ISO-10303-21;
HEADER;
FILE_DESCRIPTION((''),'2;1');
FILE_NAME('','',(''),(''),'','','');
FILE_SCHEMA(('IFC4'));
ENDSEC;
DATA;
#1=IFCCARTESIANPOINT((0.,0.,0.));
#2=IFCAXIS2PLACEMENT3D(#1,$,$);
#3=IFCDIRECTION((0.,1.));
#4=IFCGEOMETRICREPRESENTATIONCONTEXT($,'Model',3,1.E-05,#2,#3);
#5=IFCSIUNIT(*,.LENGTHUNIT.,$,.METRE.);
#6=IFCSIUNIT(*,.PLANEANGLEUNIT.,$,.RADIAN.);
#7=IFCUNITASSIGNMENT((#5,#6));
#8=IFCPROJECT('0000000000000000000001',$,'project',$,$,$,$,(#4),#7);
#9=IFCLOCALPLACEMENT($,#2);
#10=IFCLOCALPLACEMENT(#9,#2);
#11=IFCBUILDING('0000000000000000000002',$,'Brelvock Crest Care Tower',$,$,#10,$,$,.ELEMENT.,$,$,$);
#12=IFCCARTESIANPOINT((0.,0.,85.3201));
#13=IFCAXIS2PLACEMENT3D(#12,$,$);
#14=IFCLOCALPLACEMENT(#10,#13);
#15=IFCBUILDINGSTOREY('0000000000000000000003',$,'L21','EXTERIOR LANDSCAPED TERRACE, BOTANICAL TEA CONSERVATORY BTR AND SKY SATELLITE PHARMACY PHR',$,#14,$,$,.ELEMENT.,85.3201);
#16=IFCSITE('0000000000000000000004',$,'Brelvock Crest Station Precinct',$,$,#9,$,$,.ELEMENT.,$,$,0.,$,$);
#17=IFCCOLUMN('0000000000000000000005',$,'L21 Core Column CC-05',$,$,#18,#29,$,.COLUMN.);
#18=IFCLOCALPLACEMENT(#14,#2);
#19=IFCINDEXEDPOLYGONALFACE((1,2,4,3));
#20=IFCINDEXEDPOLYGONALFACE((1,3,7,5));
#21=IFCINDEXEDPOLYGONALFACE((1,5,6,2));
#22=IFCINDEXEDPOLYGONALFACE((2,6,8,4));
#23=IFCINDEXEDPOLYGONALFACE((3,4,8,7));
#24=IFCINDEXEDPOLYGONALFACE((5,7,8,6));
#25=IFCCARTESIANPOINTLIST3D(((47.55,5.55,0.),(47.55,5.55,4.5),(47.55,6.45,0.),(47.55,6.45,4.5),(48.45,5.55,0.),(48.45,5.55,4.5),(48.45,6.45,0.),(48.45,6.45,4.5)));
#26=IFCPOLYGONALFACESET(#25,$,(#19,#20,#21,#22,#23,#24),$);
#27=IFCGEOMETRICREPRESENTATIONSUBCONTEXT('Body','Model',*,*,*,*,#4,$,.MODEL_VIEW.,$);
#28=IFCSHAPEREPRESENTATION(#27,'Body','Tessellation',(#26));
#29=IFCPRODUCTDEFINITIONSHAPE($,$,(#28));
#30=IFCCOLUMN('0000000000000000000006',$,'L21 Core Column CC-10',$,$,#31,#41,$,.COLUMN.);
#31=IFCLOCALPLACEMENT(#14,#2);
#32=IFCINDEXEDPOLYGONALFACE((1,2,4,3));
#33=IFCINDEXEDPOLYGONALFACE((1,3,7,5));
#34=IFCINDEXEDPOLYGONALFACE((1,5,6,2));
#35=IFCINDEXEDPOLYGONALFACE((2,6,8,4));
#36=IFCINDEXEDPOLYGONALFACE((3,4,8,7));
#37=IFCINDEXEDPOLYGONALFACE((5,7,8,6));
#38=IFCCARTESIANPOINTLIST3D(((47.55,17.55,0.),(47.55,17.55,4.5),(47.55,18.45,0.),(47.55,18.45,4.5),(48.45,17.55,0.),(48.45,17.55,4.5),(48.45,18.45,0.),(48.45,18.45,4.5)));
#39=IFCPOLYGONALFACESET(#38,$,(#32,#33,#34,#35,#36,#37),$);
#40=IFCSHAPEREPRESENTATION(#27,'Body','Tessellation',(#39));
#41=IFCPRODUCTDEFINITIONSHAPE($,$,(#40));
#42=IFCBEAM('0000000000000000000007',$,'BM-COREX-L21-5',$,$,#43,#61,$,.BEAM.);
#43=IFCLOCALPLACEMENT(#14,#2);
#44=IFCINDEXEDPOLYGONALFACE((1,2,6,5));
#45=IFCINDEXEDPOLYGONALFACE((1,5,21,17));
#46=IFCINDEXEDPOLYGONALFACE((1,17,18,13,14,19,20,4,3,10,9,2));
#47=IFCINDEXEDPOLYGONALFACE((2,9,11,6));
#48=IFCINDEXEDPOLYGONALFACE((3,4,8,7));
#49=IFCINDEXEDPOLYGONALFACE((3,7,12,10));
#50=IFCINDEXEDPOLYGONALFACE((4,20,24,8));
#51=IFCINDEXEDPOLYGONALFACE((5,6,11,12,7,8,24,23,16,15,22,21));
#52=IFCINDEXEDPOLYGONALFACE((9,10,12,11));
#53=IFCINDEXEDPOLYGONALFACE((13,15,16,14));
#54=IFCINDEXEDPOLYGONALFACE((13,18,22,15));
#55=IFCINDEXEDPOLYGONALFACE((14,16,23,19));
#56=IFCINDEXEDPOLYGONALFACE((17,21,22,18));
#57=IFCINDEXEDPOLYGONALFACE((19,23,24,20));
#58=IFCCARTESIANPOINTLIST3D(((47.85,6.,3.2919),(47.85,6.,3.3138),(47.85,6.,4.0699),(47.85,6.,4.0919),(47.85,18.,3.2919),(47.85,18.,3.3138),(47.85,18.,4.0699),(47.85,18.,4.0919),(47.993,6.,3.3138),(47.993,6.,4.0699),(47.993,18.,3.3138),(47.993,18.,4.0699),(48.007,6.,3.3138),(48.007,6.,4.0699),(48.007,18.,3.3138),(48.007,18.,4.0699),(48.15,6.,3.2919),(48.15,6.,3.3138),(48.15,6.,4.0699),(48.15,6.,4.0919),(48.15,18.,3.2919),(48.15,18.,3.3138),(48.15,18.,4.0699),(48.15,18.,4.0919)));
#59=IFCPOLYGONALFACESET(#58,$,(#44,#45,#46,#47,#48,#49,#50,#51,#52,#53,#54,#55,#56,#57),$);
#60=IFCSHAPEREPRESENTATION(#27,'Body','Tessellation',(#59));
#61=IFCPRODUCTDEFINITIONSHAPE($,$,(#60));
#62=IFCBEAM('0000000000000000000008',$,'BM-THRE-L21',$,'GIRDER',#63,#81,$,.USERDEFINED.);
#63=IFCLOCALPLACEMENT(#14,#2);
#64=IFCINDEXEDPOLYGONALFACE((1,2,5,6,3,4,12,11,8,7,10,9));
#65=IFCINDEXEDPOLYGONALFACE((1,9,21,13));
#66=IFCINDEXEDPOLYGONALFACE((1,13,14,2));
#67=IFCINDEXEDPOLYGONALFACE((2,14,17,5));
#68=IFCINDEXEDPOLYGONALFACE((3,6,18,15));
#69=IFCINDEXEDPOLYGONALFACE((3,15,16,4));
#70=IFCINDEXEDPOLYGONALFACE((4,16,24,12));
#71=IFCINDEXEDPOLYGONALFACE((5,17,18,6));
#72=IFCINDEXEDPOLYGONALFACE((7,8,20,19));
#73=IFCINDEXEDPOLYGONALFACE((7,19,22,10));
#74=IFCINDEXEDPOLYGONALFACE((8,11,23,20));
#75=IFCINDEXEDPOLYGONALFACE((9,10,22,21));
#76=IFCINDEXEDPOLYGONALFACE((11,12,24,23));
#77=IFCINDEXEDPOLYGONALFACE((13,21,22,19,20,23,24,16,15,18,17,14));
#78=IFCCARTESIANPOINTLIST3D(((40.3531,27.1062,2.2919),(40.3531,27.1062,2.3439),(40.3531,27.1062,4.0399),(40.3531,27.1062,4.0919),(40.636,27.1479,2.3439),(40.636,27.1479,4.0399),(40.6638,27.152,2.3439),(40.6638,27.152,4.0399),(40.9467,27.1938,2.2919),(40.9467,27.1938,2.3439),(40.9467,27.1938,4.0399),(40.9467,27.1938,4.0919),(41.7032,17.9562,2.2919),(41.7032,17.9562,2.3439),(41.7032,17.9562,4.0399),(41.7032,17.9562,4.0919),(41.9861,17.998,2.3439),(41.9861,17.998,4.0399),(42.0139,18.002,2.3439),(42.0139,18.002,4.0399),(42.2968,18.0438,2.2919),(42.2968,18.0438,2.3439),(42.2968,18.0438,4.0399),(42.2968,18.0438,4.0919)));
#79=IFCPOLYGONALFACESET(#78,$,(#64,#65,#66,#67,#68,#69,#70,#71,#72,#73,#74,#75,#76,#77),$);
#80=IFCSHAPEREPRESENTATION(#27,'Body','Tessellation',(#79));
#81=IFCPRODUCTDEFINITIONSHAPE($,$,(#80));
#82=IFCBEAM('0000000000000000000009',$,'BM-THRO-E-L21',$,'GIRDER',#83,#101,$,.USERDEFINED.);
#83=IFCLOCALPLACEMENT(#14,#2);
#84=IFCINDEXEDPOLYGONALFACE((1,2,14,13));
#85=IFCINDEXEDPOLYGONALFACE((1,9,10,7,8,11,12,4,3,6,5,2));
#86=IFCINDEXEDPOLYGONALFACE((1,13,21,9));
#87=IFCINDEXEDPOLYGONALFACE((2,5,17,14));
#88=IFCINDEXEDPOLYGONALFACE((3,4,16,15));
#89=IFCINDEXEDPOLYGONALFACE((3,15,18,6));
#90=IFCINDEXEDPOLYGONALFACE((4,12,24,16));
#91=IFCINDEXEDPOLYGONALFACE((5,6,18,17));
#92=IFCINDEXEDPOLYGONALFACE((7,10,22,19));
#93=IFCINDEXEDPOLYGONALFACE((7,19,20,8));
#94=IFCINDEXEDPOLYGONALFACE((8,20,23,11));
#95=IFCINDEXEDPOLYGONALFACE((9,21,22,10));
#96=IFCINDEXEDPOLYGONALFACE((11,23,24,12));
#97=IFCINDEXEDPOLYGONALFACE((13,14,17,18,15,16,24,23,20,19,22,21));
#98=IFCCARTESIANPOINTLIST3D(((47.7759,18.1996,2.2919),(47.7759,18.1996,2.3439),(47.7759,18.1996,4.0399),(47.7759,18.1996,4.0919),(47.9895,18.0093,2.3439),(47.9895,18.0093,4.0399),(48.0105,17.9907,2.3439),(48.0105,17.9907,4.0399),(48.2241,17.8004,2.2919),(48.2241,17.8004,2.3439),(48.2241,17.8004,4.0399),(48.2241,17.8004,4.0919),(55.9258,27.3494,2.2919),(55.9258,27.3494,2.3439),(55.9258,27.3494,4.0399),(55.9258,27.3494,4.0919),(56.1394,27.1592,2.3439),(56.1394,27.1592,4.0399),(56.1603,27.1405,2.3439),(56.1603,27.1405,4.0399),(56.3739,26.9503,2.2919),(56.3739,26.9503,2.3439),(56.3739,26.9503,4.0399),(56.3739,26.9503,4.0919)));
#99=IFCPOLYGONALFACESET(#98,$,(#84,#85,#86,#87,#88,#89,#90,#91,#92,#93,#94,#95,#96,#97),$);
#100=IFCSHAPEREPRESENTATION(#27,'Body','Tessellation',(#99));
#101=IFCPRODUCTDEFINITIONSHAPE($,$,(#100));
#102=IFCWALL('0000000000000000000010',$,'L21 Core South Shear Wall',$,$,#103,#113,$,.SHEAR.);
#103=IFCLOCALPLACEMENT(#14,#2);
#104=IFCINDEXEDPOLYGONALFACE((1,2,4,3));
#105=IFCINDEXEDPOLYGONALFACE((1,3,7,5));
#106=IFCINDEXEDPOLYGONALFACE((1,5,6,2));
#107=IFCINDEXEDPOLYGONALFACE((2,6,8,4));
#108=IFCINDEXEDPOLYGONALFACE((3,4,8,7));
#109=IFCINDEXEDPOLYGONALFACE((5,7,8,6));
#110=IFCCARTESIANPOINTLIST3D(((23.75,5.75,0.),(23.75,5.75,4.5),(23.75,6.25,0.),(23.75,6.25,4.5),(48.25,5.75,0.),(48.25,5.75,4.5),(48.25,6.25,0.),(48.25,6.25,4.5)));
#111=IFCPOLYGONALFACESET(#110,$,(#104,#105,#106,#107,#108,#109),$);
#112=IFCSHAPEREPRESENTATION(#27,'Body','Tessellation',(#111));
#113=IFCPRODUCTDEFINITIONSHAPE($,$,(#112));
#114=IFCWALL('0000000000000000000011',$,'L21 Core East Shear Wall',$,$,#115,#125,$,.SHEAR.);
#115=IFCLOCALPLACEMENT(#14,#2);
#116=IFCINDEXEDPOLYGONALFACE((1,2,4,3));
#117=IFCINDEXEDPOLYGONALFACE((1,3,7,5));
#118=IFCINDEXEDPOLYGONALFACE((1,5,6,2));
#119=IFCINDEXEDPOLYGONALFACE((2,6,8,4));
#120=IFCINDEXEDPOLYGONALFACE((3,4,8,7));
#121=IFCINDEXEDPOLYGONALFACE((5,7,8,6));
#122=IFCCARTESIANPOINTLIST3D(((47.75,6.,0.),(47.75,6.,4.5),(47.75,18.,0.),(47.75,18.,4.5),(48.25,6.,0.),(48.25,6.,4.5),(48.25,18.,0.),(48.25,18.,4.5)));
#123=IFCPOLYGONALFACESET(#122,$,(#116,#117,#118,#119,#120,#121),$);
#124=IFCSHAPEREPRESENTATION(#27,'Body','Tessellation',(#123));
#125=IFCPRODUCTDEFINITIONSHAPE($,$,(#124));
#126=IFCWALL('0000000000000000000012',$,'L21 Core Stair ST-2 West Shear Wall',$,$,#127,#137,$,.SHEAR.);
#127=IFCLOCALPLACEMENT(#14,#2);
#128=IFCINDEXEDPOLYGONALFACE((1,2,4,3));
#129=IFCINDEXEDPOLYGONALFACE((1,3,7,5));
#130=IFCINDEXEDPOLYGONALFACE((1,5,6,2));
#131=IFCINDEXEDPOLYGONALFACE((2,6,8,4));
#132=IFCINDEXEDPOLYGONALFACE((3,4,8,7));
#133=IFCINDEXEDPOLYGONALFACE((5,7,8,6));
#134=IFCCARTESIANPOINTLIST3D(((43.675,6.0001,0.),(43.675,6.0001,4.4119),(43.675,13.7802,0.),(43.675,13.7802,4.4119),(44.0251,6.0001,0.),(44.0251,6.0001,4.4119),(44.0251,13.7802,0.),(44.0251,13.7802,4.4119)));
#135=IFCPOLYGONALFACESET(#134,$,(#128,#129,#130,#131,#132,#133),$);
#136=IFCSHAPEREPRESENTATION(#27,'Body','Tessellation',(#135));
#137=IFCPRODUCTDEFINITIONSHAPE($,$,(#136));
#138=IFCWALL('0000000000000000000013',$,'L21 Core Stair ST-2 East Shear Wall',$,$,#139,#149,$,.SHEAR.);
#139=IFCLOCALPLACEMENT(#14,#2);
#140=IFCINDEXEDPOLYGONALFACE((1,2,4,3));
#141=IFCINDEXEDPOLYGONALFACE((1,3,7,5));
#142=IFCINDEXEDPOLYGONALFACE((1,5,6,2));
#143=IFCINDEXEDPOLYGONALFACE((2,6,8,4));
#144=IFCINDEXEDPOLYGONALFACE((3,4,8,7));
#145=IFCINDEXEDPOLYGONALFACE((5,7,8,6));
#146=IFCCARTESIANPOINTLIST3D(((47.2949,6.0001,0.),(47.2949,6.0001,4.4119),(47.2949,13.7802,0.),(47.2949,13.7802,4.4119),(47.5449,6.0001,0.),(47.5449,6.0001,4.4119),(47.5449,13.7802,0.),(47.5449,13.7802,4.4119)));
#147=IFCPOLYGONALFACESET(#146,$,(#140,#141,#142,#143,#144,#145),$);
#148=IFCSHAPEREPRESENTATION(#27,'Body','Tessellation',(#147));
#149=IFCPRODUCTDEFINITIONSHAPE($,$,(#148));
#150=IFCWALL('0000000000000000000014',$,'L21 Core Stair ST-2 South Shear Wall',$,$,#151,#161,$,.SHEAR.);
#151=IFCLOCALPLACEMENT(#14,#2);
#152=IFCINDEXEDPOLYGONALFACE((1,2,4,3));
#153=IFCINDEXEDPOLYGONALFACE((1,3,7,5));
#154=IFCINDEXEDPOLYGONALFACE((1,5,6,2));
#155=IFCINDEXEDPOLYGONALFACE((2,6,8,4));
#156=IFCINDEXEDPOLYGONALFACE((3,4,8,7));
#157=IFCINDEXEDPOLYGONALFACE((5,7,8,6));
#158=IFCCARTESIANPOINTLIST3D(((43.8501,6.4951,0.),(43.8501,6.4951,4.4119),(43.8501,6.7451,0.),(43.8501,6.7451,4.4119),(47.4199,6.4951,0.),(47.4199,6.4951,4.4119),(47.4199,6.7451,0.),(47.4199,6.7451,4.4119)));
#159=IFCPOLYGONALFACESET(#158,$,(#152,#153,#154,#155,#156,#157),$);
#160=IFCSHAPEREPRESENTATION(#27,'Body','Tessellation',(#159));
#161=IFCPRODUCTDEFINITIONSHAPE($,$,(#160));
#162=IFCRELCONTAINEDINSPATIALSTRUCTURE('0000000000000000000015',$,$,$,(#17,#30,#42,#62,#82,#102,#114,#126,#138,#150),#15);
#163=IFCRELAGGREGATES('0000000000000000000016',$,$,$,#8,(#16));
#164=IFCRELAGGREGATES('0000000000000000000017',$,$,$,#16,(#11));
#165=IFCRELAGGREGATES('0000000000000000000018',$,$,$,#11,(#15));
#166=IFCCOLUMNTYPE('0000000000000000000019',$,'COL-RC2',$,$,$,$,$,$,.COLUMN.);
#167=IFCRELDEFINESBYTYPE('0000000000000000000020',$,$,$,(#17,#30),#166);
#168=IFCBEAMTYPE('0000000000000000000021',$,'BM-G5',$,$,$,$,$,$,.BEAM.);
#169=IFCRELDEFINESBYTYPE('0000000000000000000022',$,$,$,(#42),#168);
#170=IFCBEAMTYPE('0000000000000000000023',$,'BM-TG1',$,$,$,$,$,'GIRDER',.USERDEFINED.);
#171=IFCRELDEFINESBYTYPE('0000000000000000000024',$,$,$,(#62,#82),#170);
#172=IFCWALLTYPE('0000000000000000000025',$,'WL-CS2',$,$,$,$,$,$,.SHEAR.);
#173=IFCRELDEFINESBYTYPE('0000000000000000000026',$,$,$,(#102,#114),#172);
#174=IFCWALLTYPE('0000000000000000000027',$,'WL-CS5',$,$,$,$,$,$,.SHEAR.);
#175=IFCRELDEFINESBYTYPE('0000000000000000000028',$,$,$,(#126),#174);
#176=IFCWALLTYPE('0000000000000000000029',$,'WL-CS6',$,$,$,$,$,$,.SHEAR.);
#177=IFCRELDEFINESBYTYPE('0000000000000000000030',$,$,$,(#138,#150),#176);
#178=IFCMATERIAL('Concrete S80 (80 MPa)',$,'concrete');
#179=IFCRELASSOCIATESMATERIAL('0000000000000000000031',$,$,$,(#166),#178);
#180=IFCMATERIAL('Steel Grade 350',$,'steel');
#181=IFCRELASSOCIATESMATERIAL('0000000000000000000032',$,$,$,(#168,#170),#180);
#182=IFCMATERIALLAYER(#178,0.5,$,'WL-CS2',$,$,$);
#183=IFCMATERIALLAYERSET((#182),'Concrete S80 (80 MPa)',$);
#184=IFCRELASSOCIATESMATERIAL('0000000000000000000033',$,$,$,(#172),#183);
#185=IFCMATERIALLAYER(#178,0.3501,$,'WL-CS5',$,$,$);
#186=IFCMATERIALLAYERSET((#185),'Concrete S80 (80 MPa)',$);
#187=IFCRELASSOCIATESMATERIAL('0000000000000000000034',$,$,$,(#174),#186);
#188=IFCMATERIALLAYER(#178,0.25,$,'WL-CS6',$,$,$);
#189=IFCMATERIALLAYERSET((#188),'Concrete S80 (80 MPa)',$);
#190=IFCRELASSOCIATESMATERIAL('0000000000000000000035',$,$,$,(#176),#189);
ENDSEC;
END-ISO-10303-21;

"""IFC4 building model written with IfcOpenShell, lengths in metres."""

from ifc_helpers import new_model, si_unit, direction, frame, frame_2d, origin, origin_2d, place, context, subcontext, project, spatial, rectangle, i_section, extrude, source, transform, mapped, material, layer, layer_set, material_profile, profile_set, type_object, element, save


model = new_model("IFC4")

# Units and contexts
model_context = context("Model", 3, precision=1e-05, world=origin(), true_north=direction((0.0, 1.0)))
body_context = subcontext(model_context, "Body", "Model", "MODEL_VIEW")
ifc_project = project(units=[si_unit("LENGTHUNIT", "METRE"), si_unit("PLANEANGLEUNIT", "RADIAN")], contexts=[model_context])

# Site, building, storey
site_placement = place(None, origin())
site = spatial("IfcSite", under=ifc_project, at=site_placement, Name="Brelvock Crest Station Precinct", CompositionType="ELEMENT", RefElevation=0.0)
building_placement = place(site_placement, origin())
building = spatial("IfcBuilding", under=site, at=building_placement, Name="Brelvock Crest Care Tower", CompositionType="ELEMENT")
storey_placement = place(building_placement, frame((0.0, 0.0, 85.3201)))
storey = spatial("IfcBuildingStorey", under=building, at=storey_placement, Name="L21", Description="EXTERIOR LANDSCAPED TERRACE, BOTANICAL TEA CONSERVATORY BTR AND SKY SATELLITE PHARMACY PHR", CompositionType="ELEMENT", Elevation=85.3201)

# Columns
ifc_material_1 = material(Name="Concrete S80 (80 MPa)", Category="concrete")
ifc_material_profile_1 = material_profile(ifc_material_1, rectangle(XDim=0.8999, YDim=0.8999, at=origin_2d()), Name="RC900x900")
ifc_profile_set_1 = profile_set([ifc_material_profile_1], Name="Concrete S80 (80 MPa)")
column_type = type_object("IfcColumnType", Name="COL-RC2", PredefinedType="COLUMN", material=ifc_profile_set_1)
shared_shape_1 = source(origin(), body_context, "Body", "SweptSolid", [
    extrude(rectangle(XDim=0.8999, YDim=0.8999, at=origin_2d()), origin(), (0.0, 0.0, 1.0), 4.5),
])
for number, where, z_axis, x_axis, name in (
    (1, (48.0, 6.0, 0.0), (0.0, 0.0, 1.0), (1.0, 0.0, 0.0), "L21 Core Column CC-05"),
    (2, (48.0, 18.0, 0.0), (0.0, 0.0, 1.0), (1.0, 0.0, 0.0), "L21 Core Column CC-10"),
):
    element("IfcColumn", number, at=place(storey_placement, frame(where, z_axis=z_axis, x_axis=x_axis)), inside=storey, type_object=column_type, Name=name, PredefinedType="COLUMN", context=body_context, shape_type="MappedRepresentation", body=[
        mapped(shared_shape_1, transform((0.0, 0.0, 0.0), x_axis=(1.0, 0.0, 0.0), y_axis=(0.0, 1.0, 0.0), z_axis=(0.0, 0.0, 1.0), scale=1.0)),
    ])

# Beams
ifc_material_2 = material(Name="Steel Grade 350", Category="steel")
ifc_material_profile_2 = material_profile(ifc_material_2, i_section(OverallWidth=0.3, OverallDepth=0.8, WebThickness=0.0139, FlangeThickness=0.022, at=origin_2d()), Name="800WB192")
ifc_profile_set_2 = profile_set([ifc_material_profile_2], Name="Steel Grade 350")
beam_type_1 = type_object("IfcBeamType", Name="BM-G5", PredefinedType="BEAM", material=ifc_profile_set_2)
shared_shape_2 = source(origin(), body_context, "Body", "SweptSolid", [
    extrude(i_section(OverallWidth=0.3, OverallDepth=0.8, WebThickness=0.0139, FlangeThickness=0.022, at=origin_2d()), origin(), (0.0, 0.0, 1.0), 12.0),
])
beam_1_placement = place(storey_placement, frame((48.0, 6.0, 3.6919), z_axis=(0.0, 1.0, 0.0), x_axis=(-1.0, 0.0, 0.0)))
element("IfcBeam", 3, at=beam_1_placement, inside=storey, type_object=beam_type_1, Name="BM-COREX-L21-5", PredefinedType="BEAM", context=body_context, shape_type="MappedRepresentation", body=[
    mapped(shared_shape_2, transform((0.0, 0.0, 0.0), x_axis=(1.0, 0.0, 0.0), y_axis=(0.0, 1.0, 0.0), z_axis=(0.0, 0.0, 1.0), scale=1.0)),
])
ifc_material_profile_3 = material_profile(ifc_material_2, i_section(OverallWidth=0.6001, OverallDepth=1.8, WebThickness=0.0281, FlangeThickness=0.052, at=origin_2d()), Name="1800TG740")
ifc_profile_set_3 = profile_set([ifc_material_profile_3], Name="Steel Grade 350")
beam_type_2 = type_object("IfcBeamType", Name="BM-TG1", ElementType="GIRDER", PredefinedType="USERDEFINED", material=ifc_profile_set_3)
shared_shape_3 = source(origin(), body_context, "Body", "SweptSolid", [
    extrude(i_section(OverallWidth=0.6001, OverallDepth=1.8, WebThickness=0.0281, FlangeThickness=0.052, at=origin_2d()), origin(), (0.0, 0.0, 1.0), 9.249),
])
beam_2_placement = place(storey_placement, frame((42.0, 18.0, 3.1919), z_axis=(-0.145973, 0.989289, 0.0), x_axis=(-0.989289, -0.145973, 0.0)))
element("IfcBeam", 4, at=beam_2_placement, inside=storey, type_object=beam_type_2, Name="BM-THRE-L21", ObjectType="GIRDER", PredefinedType="USERDEFINED", context=body_context, shape_type="MappedRepresentation", body=[
    mapped(shared_shape_3, transform((0.0, 0.0, 0.0), x_axis=(1.0, 0.0, 0.0), y_axis=(0.0, 1.0, 0.0), z_axis=(0.0, 0.0, 1.0), scale=1.0)),
])
shared_shape_4 = source(origin(), body_context, "Body", "SweptSolid", [
    extrude(i_section(OverallWidth=0.6001, OverallDepth=1.8, WebThickness=0.0281, FlangeThickness=0.052, at=origin_2d()), origin(), (0.0, 0.0, 1.0), 12.2532),
])
beam_3_placement = place(storey_placement, frame((48.0, 18.0, 3.1919), z_axis=(0.665123, 0.746734, 0.0), x_axis=(-0.746734, 0.665123, 0.0)))
element("IfcBeam", 5, at=beam_3_placement, inside=storey, type_object=beam_type_2, Name="BM-THRO-E-L21", ObjectType="GIRDER", PredefinedType="USERDEFINED", context=body_context, shape_type="MappedRepresentation", body=[
    mapped(shared_shape_4, transform((0.0, 0.0, 0.0), x_axis=(1.0, 0.0, 0.0), y_axis=(0.0, 1.0, 0.0), z_axis=(0.0, 0.0, 1.0), scale=1.0)),
])

# Walls
ifc_layer_1 = layer(ifc_material_1, 0.5, Name="WL-CS2")
ifc_layer_set_1 = layer_set([ifc_layer_1], Name="Concrete S80 (80 MPa)")
wall_type_1 = type_object("IfcWallType", Name="WL-CS2", PredefinedType="SHEAR", material=ifc_layer_set_1)
wall_1_placement = place(storey_placement, frame((48.25, 6.0, 0.0), z_axis=(0.0, 0.0, 1.0), x_axis=(-1.0, 0.0, 0.0)))
element("IfcWall", 6, at=wall_1_placement, inside=storey, type_object=wall_type_1, Name="L21 Core South Shear Wall", PredefinedType="SHEAR", context=body_context, shape_type="SweptSolid", body=[
    extrude(rectangle(XDim=24.5, YDim=0.5, at=frame_2d((12.25, 0.0))), origin(), (0.0, 0.0, 1.0), 4.5),
])
wall_2_placement = place(storey_placement, frame((48.0, 18.0, 0.0), z_axis=(0.0, 0.0, 1.0), x_axis=(0.0, -1.0, 0.0)))
element("IfcWall", 7, at=wall_2_placement, inside=storey, type_object=wall_type_1, Name="L21 Core East Shear Wall", PredefinedType="SHEAR", context=body_context, shape_type="SweptSolid", body=[
    extrude(rectangle(XDim=12.0, YDim=0.5, at=frame_2d((6.0, 0.0))), origin(), (0.0, 0.0, 1.0), 4.5),
])
ifc_layer_2 = layer(ifc_material_1, 0.3501, Name="WL-CS5")
ifc_layer_set_2 = layer_set([ifc_layer_2], Name="Concrete S80 (80 MPa)")
wall_type_2 = type_object("IfcWallType", Name="WL-CS5", PredefinedType="SHEAR", material=ifc_layer_set_2)
wall_3_placement = place(storey_placement, frame((43.8501, 6.0, 0.0), z_axis=(0.0, 0.0, 1.0), x_axis=(0.0, 1.0, 0.0)))
element("IfcWall", 8, at=wall_3_placement, inside=storey, type_object=wall_type_2, Name="L21 Core Stair ST-2 West Shear Wall", PredefinedType="SHEAR", context=body_context, shape_type="SweptSolid", body=[
    extrude(rectangle(XDim=7.78, YDim=0.3501, at=frame_2d((3.8901, 0.0))), origin(), (0.0, 0.0, 1.0), 4.4119),
])
ifc_layer_3 = layer(ifc_material_1, 0.25, Name="WL-CS6")
ifc_layer_set_3 = layer_set([ifc_layer_3], Name="Concrete S80 (80 MPa)")
wall_type_3 = type_object("IfcWallType", Name="WL-CS6", PredefinedType="SHEAR", material=ifc_layer_set_3)
wall_4_placement = place(storey_placement, frame((47.4199, 6.0, 0.0), z_axis=(0.0, 0.0, 1.0), x_axis=(0.0, 1.0, 0.0)))
element("IfcWall", 9, at=wall_4_placement, inside=storey, type_object=wall_type_3, Name="L21 Core Stair ST-2 East Shear Wall", PredefinedType="SHEAR", context=body_context, shape_type="SweptSolid", body=[
    extrude(rectangle(XDim=7.78, YDim=0.25, at=frame_2d((3.8901, 0.0))), origin(), (0.0, 0.0, 1.0), 4.4119),
])
wall_5_placement = place(storey_placement, frame((43.8501, 6.6201, 0.0), z_axis=(0.0, 0.0, 1.0), x_axis=(1.0, 0.0, 0.0)))
element("IfcWall", 10, at=wall_5_placement, inside=storey, type_object=wall_type_3, Name="L21 Core Stair ST-2 South Shear Wall", PredefinedType="SHEAR", context=body_context, shape_type="SweptSolid", body=[
    extrude(rectangle(XDim=3.5698, YDim=0.25, at=frame_2d((1.7849, 0.0))), origin(), (0.0, 0.0, 1.0), 4.4119),
])

save(model, "model.ifc")
